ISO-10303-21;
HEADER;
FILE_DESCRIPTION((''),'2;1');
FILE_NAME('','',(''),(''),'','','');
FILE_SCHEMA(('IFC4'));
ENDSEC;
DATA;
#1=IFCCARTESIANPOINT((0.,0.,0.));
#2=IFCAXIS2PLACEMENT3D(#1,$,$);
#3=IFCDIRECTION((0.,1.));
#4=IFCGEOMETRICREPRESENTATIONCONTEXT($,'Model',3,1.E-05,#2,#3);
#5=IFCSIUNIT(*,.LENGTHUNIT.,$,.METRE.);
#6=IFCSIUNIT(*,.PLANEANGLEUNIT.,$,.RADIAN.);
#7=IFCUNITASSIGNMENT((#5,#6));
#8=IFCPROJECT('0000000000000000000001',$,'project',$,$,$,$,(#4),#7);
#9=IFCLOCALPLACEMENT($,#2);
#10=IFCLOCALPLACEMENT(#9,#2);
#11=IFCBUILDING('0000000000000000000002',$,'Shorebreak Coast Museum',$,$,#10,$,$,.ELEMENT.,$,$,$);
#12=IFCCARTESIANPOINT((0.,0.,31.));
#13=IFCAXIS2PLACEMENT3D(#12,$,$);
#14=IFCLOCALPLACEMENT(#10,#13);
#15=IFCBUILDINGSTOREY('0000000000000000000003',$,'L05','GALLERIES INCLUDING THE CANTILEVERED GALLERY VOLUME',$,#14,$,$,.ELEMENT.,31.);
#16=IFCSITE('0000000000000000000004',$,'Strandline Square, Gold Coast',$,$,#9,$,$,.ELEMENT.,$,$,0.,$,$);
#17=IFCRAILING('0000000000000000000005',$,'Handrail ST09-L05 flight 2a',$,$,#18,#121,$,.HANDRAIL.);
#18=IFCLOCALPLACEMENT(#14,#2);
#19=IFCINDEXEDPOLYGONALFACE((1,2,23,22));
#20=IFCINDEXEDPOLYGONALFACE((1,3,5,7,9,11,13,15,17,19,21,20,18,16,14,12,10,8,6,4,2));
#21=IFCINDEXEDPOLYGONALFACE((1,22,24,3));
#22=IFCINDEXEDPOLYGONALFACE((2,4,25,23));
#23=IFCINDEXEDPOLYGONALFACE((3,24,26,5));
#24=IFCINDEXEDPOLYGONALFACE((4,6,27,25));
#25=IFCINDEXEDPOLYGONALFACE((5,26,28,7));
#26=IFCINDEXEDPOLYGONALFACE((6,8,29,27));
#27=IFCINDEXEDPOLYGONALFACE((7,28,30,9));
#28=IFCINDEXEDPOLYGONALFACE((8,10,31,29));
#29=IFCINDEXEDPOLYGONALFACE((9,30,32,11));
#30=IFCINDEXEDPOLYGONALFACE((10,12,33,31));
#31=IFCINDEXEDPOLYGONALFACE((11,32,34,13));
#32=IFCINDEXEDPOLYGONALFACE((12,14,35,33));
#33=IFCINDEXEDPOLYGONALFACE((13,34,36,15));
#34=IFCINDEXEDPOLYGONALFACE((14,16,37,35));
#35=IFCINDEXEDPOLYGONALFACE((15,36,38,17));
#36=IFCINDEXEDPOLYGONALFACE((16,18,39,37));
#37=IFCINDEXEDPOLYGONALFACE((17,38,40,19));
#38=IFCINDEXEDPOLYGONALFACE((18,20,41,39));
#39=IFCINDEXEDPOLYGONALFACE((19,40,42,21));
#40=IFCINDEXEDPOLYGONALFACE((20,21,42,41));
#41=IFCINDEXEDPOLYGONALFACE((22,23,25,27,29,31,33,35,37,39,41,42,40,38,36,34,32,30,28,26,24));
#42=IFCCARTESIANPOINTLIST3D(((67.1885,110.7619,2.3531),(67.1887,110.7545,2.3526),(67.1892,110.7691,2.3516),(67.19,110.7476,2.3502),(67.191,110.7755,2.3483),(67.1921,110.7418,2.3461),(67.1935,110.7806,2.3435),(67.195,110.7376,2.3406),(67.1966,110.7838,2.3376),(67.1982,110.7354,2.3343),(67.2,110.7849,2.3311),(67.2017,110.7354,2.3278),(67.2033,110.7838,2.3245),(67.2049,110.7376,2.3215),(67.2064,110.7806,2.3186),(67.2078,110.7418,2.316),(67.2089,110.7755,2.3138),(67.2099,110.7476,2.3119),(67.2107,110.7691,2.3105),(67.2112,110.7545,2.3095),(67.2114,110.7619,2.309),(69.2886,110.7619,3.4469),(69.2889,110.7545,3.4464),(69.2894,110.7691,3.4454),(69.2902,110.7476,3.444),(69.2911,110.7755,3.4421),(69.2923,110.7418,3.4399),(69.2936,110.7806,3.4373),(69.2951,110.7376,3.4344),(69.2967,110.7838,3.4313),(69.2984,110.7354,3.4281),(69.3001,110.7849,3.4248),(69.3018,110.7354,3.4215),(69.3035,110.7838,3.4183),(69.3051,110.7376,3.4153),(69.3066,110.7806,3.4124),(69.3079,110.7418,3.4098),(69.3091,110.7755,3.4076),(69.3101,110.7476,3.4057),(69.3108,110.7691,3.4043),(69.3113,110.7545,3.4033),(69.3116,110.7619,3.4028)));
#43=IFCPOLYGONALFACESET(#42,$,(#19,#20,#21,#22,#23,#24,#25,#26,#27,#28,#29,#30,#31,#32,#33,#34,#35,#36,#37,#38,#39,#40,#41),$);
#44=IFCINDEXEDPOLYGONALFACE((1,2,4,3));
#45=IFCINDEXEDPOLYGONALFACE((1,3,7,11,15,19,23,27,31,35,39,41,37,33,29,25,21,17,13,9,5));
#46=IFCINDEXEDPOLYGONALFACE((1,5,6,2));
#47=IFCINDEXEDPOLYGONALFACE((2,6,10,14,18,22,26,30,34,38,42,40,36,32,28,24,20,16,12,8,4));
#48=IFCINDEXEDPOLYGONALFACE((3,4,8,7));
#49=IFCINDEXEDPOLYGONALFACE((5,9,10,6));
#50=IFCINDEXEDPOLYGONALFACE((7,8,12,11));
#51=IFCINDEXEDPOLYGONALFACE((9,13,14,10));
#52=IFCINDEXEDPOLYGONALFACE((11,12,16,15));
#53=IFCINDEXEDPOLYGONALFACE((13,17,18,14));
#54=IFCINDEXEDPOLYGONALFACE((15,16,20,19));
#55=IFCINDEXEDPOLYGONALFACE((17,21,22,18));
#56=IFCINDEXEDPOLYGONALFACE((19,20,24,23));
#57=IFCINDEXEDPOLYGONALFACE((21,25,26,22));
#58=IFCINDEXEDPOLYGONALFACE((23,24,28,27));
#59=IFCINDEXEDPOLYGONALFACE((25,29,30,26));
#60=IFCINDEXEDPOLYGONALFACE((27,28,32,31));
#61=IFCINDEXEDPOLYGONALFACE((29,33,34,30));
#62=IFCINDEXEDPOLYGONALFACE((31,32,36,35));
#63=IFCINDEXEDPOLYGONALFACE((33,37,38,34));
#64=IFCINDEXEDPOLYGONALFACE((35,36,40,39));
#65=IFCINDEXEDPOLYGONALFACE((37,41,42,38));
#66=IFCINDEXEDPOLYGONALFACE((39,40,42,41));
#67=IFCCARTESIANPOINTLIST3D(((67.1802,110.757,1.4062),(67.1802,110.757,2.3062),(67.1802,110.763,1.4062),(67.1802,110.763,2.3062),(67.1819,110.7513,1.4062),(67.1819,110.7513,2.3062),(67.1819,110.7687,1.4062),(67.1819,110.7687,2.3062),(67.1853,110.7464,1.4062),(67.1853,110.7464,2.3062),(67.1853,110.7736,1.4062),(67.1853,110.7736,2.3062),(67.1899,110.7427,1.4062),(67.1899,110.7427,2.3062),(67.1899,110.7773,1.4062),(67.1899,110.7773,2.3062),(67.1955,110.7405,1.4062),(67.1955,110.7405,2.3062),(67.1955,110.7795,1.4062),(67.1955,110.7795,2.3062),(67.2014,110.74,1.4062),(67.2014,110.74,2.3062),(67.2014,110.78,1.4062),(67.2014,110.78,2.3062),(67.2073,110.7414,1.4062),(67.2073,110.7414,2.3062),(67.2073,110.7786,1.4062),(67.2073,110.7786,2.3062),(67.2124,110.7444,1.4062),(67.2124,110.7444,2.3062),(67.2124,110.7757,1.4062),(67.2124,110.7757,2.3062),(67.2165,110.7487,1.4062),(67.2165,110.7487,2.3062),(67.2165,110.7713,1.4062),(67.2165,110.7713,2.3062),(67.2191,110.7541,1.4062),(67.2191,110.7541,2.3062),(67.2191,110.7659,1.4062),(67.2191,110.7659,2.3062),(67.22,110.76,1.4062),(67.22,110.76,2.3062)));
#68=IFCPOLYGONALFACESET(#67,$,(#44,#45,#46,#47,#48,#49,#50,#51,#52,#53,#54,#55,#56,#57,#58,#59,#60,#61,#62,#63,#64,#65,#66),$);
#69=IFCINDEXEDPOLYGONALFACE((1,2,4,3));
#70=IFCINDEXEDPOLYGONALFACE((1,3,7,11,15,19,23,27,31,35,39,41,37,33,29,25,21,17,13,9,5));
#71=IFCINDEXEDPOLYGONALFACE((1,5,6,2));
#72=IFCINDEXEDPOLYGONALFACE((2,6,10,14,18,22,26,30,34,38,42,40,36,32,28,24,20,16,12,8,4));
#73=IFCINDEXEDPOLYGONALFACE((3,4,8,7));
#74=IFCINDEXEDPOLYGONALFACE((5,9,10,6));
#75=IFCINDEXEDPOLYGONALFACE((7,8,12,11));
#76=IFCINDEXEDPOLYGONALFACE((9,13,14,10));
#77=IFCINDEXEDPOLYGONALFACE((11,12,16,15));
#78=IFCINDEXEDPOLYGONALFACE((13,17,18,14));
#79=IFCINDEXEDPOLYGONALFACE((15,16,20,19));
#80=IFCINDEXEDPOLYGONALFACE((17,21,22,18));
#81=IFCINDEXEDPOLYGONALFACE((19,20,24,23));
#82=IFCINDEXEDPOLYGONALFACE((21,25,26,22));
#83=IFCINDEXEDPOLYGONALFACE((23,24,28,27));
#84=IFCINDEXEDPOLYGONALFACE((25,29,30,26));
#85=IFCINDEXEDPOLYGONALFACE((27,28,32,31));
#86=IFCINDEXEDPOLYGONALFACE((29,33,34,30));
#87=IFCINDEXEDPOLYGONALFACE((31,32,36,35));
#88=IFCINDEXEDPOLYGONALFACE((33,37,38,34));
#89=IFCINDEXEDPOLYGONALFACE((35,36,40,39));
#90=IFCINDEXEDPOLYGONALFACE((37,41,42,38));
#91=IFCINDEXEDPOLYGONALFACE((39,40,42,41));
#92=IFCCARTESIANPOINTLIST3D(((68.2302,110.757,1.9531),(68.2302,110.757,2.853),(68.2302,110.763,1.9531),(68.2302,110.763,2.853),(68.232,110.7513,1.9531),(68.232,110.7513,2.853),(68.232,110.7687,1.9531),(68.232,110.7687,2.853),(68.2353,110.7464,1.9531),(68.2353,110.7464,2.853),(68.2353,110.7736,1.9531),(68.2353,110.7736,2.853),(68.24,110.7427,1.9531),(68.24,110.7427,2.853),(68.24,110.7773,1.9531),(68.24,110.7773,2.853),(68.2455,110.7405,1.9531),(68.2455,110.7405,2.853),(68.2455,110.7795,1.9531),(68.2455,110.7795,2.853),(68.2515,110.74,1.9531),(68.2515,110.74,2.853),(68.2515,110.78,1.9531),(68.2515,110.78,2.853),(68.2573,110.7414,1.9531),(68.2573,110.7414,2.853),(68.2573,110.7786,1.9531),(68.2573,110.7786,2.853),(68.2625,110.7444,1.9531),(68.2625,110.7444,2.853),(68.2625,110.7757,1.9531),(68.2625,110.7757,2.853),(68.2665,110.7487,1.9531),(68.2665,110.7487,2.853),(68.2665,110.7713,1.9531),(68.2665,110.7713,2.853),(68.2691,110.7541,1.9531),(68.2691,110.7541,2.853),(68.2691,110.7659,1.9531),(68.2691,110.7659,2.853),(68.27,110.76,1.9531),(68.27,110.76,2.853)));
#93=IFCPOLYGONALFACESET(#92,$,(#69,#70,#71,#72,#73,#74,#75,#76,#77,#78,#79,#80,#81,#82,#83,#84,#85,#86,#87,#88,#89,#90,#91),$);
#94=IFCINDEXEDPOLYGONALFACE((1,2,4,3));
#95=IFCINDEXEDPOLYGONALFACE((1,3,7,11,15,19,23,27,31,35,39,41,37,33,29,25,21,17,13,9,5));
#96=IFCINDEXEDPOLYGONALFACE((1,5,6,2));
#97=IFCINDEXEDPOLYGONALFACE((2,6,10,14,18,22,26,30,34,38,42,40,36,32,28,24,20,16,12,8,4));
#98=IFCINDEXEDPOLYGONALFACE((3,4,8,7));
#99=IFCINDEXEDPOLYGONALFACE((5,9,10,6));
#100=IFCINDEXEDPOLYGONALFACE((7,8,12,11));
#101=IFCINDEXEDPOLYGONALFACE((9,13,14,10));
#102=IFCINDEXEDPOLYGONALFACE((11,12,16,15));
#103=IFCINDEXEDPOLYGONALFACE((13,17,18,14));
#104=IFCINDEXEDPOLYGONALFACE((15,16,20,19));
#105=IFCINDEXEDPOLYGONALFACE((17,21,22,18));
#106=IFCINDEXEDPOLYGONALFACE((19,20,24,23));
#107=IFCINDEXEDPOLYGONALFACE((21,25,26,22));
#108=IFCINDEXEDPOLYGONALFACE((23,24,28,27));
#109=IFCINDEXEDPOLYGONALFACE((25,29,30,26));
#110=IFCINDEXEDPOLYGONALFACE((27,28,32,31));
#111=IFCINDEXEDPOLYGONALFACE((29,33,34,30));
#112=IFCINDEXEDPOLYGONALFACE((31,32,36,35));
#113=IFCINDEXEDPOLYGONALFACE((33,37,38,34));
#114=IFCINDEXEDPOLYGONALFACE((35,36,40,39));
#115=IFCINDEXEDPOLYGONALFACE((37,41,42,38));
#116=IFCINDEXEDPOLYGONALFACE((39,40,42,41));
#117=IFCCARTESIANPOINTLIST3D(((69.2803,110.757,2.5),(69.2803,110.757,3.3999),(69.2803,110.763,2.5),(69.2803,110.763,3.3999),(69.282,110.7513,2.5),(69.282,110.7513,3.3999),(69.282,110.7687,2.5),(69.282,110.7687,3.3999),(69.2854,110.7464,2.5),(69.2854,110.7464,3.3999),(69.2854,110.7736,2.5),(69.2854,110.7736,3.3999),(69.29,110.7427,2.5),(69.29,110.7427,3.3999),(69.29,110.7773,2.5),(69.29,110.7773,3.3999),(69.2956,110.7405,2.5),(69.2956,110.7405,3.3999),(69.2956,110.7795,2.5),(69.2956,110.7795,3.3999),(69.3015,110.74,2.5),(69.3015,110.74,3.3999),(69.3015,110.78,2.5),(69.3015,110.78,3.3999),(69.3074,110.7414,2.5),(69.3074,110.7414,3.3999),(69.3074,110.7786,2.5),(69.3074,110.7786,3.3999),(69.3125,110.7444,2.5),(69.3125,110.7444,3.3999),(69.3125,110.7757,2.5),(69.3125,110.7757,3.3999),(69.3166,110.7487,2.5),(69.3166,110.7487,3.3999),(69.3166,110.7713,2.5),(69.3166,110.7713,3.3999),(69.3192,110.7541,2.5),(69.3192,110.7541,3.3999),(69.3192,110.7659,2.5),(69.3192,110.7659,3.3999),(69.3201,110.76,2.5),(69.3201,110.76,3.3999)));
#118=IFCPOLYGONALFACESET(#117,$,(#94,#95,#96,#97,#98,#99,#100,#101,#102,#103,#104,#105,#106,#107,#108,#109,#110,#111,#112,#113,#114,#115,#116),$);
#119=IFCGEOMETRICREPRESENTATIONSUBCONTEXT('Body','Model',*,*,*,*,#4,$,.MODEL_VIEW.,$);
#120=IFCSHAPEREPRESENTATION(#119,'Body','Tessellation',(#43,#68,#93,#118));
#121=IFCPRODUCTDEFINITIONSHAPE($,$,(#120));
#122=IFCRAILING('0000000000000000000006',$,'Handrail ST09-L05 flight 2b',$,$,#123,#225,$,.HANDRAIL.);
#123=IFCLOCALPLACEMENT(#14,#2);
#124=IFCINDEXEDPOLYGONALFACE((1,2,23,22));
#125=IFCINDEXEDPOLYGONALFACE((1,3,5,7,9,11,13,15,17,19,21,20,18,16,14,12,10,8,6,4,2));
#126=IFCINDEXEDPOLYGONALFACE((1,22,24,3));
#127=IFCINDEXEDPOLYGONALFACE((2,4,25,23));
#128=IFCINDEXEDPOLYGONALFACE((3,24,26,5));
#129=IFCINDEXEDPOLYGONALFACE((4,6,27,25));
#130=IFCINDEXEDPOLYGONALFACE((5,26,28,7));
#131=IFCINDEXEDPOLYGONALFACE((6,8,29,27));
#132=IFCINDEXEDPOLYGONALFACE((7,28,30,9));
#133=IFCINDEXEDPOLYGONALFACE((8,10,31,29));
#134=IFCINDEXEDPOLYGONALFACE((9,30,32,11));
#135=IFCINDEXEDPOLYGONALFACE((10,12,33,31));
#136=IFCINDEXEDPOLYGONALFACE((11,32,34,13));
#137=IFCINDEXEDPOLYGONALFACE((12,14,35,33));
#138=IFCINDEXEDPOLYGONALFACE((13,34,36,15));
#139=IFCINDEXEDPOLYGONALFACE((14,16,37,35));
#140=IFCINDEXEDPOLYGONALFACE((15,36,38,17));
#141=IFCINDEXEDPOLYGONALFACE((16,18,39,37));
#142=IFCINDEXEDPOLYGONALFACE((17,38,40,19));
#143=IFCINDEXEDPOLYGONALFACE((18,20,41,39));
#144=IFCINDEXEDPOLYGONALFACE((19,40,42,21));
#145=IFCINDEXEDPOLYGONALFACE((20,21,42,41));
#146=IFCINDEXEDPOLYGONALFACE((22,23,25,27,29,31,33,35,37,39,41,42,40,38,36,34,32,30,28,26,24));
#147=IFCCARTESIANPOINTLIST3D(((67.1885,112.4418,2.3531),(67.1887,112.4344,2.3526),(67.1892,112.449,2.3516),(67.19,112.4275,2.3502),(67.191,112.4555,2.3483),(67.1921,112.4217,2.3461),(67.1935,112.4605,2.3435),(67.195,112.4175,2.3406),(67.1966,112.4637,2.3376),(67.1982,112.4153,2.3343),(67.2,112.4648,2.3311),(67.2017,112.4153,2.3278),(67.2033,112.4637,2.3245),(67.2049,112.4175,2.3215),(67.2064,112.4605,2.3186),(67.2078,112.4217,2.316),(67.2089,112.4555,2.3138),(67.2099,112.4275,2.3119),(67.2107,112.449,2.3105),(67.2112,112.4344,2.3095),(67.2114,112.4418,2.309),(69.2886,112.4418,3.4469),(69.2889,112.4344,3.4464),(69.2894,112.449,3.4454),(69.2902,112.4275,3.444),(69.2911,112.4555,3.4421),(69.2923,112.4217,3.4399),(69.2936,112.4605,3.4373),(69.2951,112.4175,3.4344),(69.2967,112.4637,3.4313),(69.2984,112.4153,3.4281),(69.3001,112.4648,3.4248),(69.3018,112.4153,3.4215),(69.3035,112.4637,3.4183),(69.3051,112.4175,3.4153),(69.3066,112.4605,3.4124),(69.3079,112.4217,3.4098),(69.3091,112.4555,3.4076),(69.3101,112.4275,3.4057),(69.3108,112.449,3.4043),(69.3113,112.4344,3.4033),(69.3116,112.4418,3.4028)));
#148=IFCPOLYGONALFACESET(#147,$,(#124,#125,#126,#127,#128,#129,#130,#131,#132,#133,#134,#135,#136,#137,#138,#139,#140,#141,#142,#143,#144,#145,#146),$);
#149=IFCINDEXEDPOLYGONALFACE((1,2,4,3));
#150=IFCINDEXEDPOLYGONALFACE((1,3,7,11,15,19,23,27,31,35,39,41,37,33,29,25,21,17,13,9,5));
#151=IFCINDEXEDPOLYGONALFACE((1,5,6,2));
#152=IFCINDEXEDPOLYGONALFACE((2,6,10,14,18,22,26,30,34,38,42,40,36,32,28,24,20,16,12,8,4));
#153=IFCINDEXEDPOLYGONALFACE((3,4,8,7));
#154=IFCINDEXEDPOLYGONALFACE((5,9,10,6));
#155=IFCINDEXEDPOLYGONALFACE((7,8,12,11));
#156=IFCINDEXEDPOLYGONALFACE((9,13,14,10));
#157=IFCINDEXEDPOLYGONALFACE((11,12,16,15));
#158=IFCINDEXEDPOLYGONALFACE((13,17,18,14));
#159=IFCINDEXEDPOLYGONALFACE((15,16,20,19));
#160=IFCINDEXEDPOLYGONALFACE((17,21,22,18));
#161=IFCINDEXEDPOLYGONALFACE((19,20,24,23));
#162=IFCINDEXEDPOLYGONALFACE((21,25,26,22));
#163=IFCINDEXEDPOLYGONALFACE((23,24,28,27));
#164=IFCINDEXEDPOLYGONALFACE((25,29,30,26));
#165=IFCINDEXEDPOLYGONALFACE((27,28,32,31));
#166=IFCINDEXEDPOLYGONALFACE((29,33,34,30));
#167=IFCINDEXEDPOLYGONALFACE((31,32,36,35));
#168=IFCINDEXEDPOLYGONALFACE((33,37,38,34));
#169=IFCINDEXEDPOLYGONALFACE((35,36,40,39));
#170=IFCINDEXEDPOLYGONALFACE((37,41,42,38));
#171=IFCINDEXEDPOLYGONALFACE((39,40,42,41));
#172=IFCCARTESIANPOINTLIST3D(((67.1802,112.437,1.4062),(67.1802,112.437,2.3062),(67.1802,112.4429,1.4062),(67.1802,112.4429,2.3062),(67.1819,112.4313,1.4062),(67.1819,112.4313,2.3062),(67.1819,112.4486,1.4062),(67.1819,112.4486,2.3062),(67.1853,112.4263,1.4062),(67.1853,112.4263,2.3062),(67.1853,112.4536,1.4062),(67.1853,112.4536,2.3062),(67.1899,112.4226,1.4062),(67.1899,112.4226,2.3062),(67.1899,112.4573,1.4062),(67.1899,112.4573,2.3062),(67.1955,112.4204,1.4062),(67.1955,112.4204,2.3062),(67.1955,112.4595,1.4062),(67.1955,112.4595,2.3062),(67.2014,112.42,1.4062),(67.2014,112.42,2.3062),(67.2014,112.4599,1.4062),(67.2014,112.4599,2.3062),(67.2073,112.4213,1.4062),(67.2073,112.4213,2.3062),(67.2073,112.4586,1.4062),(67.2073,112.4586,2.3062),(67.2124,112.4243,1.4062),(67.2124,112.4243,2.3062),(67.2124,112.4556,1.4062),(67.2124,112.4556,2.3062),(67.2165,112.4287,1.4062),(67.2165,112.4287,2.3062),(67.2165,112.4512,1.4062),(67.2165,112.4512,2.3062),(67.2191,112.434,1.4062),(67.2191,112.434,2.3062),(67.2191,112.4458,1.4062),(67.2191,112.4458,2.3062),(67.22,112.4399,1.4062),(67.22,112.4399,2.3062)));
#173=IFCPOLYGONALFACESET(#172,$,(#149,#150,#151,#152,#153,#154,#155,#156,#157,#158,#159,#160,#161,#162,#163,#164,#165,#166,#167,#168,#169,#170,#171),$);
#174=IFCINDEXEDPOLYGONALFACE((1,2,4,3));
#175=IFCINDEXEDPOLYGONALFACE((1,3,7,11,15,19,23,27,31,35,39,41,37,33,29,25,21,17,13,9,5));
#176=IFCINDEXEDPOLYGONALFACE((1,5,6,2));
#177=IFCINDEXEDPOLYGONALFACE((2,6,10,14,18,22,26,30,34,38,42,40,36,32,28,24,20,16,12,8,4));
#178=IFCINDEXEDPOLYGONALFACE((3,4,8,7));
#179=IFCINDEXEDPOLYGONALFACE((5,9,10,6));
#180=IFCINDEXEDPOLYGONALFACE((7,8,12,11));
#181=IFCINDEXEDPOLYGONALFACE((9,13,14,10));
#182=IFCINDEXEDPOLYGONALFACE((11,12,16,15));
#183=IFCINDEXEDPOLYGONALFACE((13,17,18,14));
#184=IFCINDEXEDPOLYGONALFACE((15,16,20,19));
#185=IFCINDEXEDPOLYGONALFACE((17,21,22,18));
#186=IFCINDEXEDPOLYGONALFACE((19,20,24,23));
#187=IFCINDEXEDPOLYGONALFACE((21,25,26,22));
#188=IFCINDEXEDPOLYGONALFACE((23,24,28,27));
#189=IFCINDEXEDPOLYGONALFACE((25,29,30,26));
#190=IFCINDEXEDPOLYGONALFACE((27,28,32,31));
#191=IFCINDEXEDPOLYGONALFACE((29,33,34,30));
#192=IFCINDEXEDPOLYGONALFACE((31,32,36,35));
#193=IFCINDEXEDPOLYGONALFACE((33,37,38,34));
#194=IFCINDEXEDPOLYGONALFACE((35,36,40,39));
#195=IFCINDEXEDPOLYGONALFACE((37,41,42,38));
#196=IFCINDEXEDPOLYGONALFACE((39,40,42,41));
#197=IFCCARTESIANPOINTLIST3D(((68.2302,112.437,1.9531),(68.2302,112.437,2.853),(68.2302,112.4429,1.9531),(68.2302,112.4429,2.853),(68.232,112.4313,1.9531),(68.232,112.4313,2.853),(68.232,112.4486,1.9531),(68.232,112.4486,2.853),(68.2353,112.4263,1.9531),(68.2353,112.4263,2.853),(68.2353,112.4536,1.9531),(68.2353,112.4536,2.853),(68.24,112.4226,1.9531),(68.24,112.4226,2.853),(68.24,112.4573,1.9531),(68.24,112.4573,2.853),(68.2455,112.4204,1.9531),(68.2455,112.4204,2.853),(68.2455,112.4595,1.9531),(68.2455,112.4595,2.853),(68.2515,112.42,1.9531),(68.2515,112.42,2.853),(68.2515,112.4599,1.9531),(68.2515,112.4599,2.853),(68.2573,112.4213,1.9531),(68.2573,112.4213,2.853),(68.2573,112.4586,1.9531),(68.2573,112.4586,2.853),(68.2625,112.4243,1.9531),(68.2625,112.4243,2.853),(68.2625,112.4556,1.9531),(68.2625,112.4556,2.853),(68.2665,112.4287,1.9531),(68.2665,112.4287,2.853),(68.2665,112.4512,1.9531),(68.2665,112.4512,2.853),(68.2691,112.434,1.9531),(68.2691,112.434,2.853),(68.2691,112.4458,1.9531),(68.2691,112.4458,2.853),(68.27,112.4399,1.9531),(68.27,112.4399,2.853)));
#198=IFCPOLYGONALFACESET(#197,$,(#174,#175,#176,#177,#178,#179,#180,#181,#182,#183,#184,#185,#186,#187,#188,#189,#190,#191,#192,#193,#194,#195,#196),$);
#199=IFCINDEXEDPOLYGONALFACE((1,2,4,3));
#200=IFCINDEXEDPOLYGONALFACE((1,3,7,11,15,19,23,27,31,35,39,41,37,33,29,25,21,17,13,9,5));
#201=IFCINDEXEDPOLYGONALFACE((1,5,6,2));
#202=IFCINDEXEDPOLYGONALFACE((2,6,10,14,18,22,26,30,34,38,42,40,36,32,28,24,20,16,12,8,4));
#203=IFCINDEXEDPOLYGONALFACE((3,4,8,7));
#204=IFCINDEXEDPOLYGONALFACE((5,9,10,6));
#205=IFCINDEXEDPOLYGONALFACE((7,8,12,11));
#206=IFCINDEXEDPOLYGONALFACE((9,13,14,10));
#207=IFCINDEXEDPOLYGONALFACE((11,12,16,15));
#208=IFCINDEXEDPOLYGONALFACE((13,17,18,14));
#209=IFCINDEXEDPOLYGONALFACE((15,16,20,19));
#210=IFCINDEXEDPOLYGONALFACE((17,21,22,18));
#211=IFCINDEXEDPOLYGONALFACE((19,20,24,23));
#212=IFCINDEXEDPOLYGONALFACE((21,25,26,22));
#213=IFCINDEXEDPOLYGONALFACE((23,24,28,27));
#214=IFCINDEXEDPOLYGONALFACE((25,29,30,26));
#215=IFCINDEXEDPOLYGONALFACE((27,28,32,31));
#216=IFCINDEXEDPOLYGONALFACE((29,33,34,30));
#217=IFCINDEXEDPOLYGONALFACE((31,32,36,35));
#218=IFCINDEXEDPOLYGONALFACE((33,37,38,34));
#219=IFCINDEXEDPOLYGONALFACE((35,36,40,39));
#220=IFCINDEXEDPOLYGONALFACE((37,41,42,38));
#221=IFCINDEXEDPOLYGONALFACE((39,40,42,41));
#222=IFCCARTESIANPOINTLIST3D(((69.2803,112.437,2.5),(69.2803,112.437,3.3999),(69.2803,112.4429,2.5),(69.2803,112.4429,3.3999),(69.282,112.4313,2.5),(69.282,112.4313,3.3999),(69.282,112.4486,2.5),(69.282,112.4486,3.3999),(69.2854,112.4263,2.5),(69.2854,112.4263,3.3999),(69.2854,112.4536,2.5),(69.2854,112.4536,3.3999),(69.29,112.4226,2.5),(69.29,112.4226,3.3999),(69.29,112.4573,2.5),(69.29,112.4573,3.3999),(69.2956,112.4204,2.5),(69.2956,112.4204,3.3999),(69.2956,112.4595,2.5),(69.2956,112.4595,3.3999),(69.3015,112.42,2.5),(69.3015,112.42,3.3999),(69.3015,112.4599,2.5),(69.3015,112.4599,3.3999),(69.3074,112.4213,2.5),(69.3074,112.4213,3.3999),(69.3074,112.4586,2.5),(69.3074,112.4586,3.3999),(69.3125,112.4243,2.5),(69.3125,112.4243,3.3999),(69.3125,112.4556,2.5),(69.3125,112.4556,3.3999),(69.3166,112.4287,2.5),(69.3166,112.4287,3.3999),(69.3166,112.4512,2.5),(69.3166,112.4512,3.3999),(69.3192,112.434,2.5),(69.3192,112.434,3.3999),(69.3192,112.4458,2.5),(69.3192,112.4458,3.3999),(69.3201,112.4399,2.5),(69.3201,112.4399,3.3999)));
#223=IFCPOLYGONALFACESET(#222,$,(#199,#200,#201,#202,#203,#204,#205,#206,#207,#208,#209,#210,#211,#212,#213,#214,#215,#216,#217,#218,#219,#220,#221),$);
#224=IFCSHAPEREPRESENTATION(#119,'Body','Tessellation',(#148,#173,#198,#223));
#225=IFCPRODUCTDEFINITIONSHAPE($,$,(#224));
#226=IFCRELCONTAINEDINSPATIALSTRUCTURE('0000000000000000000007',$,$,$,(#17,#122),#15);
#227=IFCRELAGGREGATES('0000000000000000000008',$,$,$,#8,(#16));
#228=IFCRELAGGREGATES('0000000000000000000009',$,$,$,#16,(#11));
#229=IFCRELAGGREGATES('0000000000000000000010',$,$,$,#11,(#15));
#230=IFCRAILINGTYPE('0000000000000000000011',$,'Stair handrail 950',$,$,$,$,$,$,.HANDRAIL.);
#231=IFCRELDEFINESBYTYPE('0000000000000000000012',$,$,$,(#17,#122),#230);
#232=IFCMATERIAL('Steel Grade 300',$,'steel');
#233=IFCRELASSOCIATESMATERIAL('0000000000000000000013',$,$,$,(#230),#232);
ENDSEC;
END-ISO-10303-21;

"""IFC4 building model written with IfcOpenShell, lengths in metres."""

from ifc_helpers import new_model, si_unit, direction, frame, origin, origin_2d, place, context, subcontext, project, spatial, circle, extrude, material, type_object, element, save


model = new_model("IFC4")

# Units and contexts
model_context = context("Model", 3, precision=1e-05, world=origin(), true_north=direction((0.0, 1.0)))
body_context = subcontext(model_context, "Body", "Model", "MODEL_VIEW")
ifc_project = project(units=[si_unit("LENGTHUNIT", "METRE"), si_unit("PLANEANGLEUNIT", "RADIAN")], contexts=[model_context])

# Site, building, storey
site_placement = place(None, origin())
site = spatial("IfcSite", under=ifc_project, at=site_placement, Name="Strandline Square, Gold Coast", CompositionType="ELEMENT", RefElevation=0.0)
building_placement = place(site_placement, origin())
building = spatial("IfcBuilding", under=site, at=building_placement, Name="Shorebreak Coast Museum", CompositionType="ELEMENT")
storey_placement = place(building_placement, frame((0.0, 0.0, 31.0)))
storey = spatial("IfcBuildingStorey", under=building, at=storey_placement, Name="L05", Description="GALLERIES INCLUDING THE CANTILEVERED GALLERY VOLUME", CompositionType="ELEMENT", Elevation=31.0)

# Railings
ifc_material_1 = material(Name="Steel Grade 300", Category="steel")
railing_type_1 = type_object("IfcRailingType", Name="Stair handrail 950", PredefinedType="HANDRAIL", material=ifc_material_1)
for number, where, name in (
    (1, (67.2, 110.76, 1.4062), "Handrail ST09-L05 flight 2a"),
    (2, (67.2, 112.4399, 1.4062), "Handrail ST09-L05 flight 2b"),
):
    element("IfcRailing", number, at=place(storey_placement, frame(where)), inside=storey, type_object=railing_type_1, Name=name, PredefinedType="HANDRAIL", context=body_context, shape_type="SweptSolid", body=[
        extrude(circle(Radius=0.0249, at=origin_2d()), frame((0.0, 0.0, 0.9248), z_axis=(0.886923, 0.0, 0.461918), x_axis=(0.0, 1.0, 0.0)), (0.0, 0.0, 1.0), 2.3679),
        extrude(circle(Radius=0.02, at=origin_2d()), origin(), (0.0, 0.0, 1.0), 0.8999),
        extrude(circle(Radius=0.02, at=origin_2d()), frame((1.05, 0.0, 0.5469)), (0.0, 0.0, 1.0), 0.8999),
        extrude(circle(Radius=0.02, at=origin_2d()), frame((2.1001, 0.0, 1.0938)), (0.0, 0.0, 1.0), 0.8999),
    ])

save(model, "model.ifc")
